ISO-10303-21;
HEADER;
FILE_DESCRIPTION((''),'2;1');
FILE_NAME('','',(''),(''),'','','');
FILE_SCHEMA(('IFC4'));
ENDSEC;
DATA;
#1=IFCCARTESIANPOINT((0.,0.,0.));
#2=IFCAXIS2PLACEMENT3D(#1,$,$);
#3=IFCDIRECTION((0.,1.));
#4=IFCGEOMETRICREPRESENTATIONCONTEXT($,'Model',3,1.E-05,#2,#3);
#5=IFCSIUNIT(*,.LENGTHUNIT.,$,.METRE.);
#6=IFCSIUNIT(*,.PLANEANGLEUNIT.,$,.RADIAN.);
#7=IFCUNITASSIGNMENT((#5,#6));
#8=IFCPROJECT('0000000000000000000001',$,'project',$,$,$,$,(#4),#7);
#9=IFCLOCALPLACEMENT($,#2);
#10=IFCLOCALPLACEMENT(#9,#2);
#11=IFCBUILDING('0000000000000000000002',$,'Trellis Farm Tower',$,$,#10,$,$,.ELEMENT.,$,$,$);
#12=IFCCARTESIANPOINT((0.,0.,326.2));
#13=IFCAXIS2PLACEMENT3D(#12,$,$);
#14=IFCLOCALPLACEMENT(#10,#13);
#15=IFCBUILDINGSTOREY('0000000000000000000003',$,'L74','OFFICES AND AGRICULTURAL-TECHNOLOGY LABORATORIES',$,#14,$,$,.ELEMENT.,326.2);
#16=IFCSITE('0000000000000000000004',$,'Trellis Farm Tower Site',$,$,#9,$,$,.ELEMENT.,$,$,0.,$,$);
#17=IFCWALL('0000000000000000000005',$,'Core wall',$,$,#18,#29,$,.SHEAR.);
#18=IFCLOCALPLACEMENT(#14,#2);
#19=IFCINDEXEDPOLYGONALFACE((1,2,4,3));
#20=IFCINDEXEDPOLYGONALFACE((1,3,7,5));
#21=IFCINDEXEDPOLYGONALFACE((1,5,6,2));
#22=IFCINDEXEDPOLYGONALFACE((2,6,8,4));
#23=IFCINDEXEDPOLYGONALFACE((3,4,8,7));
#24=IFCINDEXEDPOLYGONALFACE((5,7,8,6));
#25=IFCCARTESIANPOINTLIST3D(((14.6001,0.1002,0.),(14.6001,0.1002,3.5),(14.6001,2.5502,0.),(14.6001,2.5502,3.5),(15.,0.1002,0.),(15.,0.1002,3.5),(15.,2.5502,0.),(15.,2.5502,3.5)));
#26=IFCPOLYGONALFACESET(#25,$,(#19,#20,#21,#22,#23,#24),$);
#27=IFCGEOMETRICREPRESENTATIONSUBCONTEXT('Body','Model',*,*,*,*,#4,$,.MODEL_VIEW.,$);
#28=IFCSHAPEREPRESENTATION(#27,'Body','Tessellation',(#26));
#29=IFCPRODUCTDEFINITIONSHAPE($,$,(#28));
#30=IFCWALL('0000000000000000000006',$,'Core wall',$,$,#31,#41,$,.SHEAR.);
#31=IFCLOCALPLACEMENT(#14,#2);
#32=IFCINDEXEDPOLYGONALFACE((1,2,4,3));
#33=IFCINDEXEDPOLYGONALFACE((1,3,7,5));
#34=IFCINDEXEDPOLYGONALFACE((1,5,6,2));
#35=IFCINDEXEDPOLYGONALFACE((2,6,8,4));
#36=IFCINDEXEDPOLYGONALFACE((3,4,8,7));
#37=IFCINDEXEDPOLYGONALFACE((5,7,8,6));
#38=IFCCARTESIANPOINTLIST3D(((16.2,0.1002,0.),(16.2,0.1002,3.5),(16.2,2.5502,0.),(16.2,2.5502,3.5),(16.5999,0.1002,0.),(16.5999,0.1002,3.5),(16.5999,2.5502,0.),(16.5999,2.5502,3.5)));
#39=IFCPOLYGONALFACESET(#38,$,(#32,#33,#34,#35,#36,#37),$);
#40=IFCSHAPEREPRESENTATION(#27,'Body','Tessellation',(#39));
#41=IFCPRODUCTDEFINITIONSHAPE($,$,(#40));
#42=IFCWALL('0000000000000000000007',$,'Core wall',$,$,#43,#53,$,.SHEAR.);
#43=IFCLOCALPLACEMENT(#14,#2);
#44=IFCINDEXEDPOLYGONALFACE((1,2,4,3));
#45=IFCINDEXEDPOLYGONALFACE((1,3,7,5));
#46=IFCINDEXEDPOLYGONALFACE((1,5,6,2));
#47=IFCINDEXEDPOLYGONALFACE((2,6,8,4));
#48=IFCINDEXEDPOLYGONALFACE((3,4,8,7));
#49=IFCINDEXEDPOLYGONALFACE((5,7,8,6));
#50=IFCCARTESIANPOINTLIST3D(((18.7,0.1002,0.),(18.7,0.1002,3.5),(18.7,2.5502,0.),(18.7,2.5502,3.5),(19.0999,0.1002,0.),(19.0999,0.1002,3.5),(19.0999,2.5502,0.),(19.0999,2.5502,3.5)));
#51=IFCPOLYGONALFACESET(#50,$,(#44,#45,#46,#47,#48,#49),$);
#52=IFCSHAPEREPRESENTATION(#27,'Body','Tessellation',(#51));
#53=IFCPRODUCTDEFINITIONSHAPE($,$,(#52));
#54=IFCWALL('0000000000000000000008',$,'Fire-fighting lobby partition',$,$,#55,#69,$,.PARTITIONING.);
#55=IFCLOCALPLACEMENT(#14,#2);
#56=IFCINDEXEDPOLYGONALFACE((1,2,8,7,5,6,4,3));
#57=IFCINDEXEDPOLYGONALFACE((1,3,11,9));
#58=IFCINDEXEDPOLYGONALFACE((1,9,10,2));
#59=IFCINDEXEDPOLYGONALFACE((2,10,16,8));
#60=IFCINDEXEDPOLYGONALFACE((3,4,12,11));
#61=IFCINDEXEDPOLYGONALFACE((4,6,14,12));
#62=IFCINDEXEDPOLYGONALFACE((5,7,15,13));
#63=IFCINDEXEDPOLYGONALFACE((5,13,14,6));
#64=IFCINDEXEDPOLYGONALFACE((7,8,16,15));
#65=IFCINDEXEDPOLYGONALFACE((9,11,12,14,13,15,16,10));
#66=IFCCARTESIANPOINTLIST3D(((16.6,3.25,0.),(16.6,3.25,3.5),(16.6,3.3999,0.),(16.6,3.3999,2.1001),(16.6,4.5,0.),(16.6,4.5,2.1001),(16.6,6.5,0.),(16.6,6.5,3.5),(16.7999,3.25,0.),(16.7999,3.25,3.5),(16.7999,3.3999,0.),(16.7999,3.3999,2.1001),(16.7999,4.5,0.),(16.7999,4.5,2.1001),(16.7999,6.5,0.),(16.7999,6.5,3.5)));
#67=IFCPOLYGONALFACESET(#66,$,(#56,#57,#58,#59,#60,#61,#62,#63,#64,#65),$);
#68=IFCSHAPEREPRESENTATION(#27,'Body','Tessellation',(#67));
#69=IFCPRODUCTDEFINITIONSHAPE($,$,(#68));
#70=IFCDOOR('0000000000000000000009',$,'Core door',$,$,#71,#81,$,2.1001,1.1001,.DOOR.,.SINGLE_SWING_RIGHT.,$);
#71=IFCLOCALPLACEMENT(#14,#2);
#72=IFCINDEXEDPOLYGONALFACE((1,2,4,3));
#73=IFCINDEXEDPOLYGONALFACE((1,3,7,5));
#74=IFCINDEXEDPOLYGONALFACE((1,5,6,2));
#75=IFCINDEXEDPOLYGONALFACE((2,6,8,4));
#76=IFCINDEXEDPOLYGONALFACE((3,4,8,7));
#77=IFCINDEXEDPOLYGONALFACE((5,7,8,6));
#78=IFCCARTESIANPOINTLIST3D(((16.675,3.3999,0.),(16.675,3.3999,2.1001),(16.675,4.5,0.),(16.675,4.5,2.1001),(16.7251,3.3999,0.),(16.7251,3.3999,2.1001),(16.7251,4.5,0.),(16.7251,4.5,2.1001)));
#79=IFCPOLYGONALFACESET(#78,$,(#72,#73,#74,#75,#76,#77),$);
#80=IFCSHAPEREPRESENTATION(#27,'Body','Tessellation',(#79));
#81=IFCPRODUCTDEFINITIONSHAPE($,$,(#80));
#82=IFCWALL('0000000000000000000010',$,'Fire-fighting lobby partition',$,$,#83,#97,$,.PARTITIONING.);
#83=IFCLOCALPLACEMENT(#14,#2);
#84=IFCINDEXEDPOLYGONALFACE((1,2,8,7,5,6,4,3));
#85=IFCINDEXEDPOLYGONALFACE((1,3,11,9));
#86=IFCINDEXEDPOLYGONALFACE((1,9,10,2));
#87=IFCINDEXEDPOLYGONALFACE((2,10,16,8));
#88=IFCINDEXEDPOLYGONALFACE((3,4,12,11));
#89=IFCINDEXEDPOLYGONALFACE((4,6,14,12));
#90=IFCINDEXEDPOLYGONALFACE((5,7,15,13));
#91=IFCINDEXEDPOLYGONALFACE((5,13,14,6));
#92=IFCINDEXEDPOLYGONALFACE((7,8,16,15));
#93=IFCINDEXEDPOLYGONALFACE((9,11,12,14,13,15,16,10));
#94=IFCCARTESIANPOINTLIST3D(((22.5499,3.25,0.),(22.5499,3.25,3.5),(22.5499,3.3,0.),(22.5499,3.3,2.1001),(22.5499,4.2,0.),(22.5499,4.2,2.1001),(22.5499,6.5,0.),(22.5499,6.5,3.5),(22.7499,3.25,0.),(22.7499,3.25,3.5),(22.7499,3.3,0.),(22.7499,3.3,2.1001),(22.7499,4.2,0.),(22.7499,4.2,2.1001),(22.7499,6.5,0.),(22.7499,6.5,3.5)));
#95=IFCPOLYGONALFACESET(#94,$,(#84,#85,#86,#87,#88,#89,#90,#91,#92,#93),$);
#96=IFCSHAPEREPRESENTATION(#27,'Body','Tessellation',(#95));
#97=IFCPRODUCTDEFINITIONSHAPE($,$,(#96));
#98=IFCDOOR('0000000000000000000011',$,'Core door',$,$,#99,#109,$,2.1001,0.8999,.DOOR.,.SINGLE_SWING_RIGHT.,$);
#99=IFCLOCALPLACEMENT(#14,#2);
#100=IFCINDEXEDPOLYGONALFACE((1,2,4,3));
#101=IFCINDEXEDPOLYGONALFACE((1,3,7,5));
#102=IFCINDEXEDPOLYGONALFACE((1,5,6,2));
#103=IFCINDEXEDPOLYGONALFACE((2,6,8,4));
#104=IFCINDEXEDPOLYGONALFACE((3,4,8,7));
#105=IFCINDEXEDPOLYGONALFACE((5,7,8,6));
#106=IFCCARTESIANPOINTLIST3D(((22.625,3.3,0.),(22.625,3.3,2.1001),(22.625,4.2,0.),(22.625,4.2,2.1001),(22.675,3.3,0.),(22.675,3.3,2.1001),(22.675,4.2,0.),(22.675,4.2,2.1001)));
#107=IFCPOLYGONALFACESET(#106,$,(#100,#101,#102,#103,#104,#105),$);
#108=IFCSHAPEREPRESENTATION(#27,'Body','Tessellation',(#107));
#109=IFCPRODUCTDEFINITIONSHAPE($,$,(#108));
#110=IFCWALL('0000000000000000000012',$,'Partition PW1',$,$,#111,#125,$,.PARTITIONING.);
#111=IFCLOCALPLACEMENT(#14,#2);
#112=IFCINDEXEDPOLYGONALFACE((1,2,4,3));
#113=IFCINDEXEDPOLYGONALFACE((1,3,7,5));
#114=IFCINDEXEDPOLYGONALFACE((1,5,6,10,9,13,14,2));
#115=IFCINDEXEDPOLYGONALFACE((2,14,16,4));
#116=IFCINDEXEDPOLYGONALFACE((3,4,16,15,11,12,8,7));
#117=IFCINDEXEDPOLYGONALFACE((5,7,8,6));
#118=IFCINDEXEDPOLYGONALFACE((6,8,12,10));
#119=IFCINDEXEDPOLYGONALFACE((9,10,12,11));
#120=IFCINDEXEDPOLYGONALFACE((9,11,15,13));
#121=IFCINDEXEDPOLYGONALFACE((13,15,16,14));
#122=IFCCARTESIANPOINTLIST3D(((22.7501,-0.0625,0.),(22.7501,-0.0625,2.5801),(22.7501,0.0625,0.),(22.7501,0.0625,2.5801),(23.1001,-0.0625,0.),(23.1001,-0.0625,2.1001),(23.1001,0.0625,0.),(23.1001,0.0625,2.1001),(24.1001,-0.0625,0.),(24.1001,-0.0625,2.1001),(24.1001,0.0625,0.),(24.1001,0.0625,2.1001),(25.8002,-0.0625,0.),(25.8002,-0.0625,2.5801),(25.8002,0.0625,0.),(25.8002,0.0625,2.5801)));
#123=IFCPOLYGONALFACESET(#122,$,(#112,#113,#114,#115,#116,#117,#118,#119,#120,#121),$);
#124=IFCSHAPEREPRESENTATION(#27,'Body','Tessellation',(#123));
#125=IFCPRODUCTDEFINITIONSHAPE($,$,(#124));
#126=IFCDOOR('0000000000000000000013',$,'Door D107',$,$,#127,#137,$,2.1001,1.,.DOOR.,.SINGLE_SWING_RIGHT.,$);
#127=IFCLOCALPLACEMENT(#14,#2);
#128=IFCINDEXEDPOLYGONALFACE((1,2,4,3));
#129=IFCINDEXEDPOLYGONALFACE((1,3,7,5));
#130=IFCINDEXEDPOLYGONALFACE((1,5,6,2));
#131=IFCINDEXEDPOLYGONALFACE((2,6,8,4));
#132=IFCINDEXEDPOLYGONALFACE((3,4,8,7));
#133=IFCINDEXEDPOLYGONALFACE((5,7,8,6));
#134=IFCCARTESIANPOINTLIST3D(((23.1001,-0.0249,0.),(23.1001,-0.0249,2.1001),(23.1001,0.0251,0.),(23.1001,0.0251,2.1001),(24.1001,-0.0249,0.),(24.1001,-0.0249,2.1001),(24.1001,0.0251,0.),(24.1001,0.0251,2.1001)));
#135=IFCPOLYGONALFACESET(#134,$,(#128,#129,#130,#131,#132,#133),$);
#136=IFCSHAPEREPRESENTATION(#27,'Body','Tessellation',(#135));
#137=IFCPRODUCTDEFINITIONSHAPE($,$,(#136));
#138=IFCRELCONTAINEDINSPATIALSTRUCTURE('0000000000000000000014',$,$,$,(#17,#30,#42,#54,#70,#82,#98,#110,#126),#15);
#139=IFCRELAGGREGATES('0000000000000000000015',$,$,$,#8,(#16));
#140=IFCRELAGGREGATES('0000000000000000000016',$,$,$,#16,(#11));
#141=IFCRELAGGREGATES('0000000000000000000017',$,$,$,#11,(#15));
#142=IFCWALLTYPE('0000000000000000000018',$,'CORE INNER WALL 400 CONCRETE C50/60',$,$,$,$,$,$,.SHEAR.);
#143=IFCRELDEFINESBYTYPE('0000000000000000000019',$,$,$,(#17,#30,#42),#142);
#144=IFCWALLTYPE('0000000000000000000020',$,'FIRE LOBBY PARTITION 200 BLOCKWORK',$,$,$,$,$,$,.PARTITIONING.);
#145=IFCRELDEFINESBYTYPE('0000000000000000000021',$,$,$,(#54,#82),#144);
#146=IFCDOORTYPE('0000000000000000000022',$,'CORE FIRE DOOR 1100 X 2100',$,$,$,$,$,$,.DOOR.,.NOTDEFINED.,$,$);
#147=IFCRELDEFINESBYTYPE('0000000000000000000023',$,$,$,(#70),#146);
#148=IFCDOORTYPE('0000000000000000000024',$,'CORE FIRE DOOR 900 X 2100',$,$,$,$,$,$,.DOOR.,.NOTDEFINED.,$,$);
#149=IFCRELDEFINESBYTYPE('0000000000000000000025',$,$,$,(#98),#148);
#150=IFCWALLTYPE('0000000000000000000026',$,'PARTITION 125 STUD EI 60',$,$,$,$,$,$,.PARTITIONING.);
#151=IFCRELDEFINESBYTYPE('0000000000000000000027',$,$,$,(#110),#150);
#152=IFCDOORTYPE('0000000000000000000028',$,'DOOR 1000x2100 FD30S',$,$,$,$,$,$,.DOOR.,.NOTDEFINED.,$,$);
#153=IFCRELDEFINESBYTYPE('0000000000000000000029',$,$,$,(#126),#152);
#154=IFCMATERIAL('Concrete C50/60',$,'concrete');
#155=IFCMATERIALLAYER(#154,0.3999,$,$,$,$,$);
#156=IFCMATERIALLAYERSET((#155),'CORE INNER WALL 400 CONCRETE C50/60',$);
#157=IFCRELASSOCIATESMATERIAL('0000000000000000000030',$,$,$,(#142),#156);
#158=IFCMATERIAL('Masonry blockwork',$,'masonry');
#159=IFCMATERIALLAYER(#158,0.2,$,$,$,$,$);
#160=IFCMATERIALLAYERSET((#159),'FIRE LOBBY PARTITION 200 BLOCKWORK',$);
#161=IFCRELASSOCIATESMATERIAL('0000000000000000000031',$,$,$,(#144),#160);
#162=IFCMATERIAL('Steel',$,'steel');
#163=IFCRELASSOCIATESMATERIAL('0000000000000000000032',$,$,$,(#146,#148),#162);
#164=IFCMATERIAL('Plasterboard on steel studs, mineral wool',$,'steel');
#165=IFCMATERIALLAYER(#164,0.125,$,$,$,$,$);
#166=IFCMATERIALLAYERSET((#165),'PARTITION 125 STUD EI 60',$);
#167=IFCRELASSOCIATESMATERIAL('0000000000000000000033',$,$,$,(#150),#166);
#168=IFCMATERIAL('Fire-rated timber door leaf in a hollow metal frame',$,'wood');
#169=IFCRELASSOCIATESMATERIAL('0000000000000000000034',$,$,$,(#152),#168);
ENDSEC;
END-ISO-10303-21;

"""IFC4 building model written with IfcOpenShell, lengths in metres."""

from ifc_helpers import new_model, si_unit, direction, frame, frame_2d, origin, place, context, subcontext, project, spatial, rectangle, extrude, source, transform, mapped, material, layer, layer_set, type_object, element, fill, save


model = new_model("IFC4")

# Units and contexts
model_context = context("Model", 3, precision=1e-05, world=origin(), true_north=direction((0.0, 1.0)))
body_context = subcontext(model_context, "Body", "Model", "MODEL_VIEW")
ifc_project = project(units=[si_unit("LENGTHUNIT", "METRE"), si_unit("PLANEANGLEUNIT", "RADIAN")], contexts=[model_context])

# Site, building, storey
site_placement = place(None, origin())
site = spatial("IfcSite", under=ifc_project, at=site_placement, Name="Trellis Farm Tower Site", CompositionType="ELEMENT", RefElevation=0.0)
building_placement = place(site_placement, origin())
building = spatial("IfcBuilding", under=site, at=building_placement, Name="Trellis Farm Tower", CompositionType="ELEMENT")
storey_placement = place(building_placement, frame((0.0, 0.0, 326.2)))
storey = spatial("IfcBuildingStorey", under=building, at=storey_placement, Name="L74", Description="OFFICES AND AGRICULTURAL-TECHNOLOGY LABORATORIES", CompositionType="ELEMENT", Elevation=326.2)

# Walls
ifc_material_1 = material(Name="Concrete C50/60", Category="concrete")
ifc_layer_1 = layer(ifc_material_1, 0.3999)
ifc_layer_set_1 = layer_set([ifc_layer_1], Name="CORE INNER WALL 400 CONCRETE C50/60")
wall_type_1 = type_object("IfcWallType", Name="CORE INNER WALL 400 CONCRETE C50/60", PredefinedType="SHEAR", material=ifc_layer_set_1)
shared_shape_1 = source(origin(), body_context, "Body", "SweptSolid", [
    extrude(rectangle(XDim=2.45, YDim=0.3999, at=frame_2d((1.2251, 0.0))), origin(), (0.0, 0.0, 1.0), 3.5),
])
for number, where, z_axis, x_axis, name in (
    (1, (14.8, 0.1001, 0.0), (0.0, 0.0, 1.0), (0.0, 1.0, 0.0), "Core wall"),
    (2, (16.3999, 0.1001, 0.0), (0.0, 0.0, 1.0), (0.0, 1.0, 0.0), "Core wall"),
    (3, (18.8999, 0.1001, 0.0), (0.0, 0.0, 1.0), (0.0, 1.0, 0.0), "Core wall"),
):
    element("IfcWall", number, at=place(storey_placement, frame(where, z_axis=z_axis, x_axis=x_axis)), inside=storey, type_object=wall_type_1, Name=name, PredefinedType="SHEAR", context=body_context, shape_type="MappedRepresentation", body=[
        mapped(shared_shape_1, transform((0.0, 0.0, 0.0))),
    ])

# Walls, openings, doors
ifc_material_2 = material(Name="Masonry blockwork", Category="masonry")
ifc_layer_2 = layer(ifc_material_2, 0.2)
ifc_layer_set_2 = layer_set([ifc_layer_2], Name="FIRE LOBBY PARTITION 200 BLOCKWORK")
wall_type_2 = type_object("IfcWallType", Name="FIRE LOBBY PARTITION 200 BLOCKWORK", PredefinedType="PARTITIONING", material=ifc_layer_set_2)
shared_shape_2 = source(origin(), body_context, "Body", "SweptSolid", [
    extrude(rectangle(XDim=3.25, YDim=0.2, at=frame_2d((1.625, 0.0))), origin(), (0.0, 0.0, 1.0), 3.5),
])
wall_1_placement = place(storey_placement, frame((16.7, 3.25, 0.0), z_axis=(0.0, 0.0, 1.0), x_axis=(0.0, 1.0, 0.0)))
wall_1 = element("IfcWall", 4, at=wall_1_placement, inside=storey, type_object=wall_type_2, Name="Fire-fighting lobby partition", PredefinedType="PARTITIONING", context=body_context, shape_type="MappedRepresentation", body=[
    mapped(shared_shape_2, transform((0.0, 0.0, 0.0))),
])
shared_shape_3 = source(origin(), body_context, "Body", "SweptSolid", [
    extrude(rectangle(XDim=1.1001, YDim=2.1001, at=frame_2d((0.55, 1.05))), frame((0.0, 0.1101, 0.0), z_axis=(0.0, -1.0, 0.0), x_axis=(1.0, 0.0, 0.0)), (0.0, 0.0, 1.0), 0.2202),
])
opening_1_placement = place(wall_1_placement, frame((0.1499, 0.0, 0.0)))
opening_1 = element("IfcOpeningElement", 5, at=opening_1_placement, cuts=wall_1, PredefinedType="OPENING", context=body_context, shape_type="MappedRepresentation", body=[
    mapped(shared_shape_3, transform((0.0, 0.0, 0.0))),
])
ifc_material_3 = material(Name="Steel", Category="steel")
door_type_1 = type_object("IfcDoorType", Name="CORE FIRE DOOR 1100 X 2100", OperationType="NOTDEFINED", PredefinedType="DOOR", material=ifc_material_3)
shared_shape_4 = source(origin(), body_context, "Body", "SweptSolid", [
    extrude(rectangle(XDim=1.1001, YDim=2.1001, at=frame_2d((0.55, 1.05))), frame((0.0, 0.0249, 0.0), z_axis=(0.0, -1.0, 0.0), x_axis=(1.0, 0.0, 0.0)), (0.0, 0.0, 1.0), 0.05),
])
door_1_placement = place(opening_1_placement, origin())
door_1 = element("IfcDoor", 6, at=door_1_placement, inside=storey, type_object=door_type_1, Name="Core door", OperationType="SINGLE_SWING_RIGHT", OverallHeight=2.1001, OverallWidth=1.1001, PredefinedType="DOOR", context=body_context, shape_type="MappedRepresentation", body=[
    mapped(shared_shape_4, transform((0.0, 0.0, 0.0))),
])
fill(opening_1, door_1)
wall_2_placement = place(storey_placement, frame((22.6499, 3.25, 0.0), z_axis=(0.0, 0.0, 1.0), x_axis=(0.0, 1.0, 0.0)))
wall_2 = element("IfcWall", 7, at=wall_2_placement, inside=storey, type_object=wall_type_2, Name="Fire-fighting lobby partition", PredefinedType="PARTITIONING", context=body_context, shape_type="MappedRepresentation", body=[
    mapped(shared_shape_2, transform((0.0, 0.0, 0.0))),
])
shared_shape_5 = source(origin(), body_context, "Body", "SweptSolid", [
    extrude(rectangle(XDim=0.8999, YDim=2.1001, at=frame_2d((0.45, 1.05))), frame((0.0, 0.1101, 0.0), z_axis=(0.0, -1.0, 0.0), x_axis=(1.0, 0.0, 0.0)), (0.0, 0.0, 1.0), 0.2202),
])
opening_2_placement = place(wall_2_placement, frame((0.05, 0.0, 0.0)))
opening_2 = element("IfcOpeningElement", 8, at=opening_2_placement, cuts=wall_2, PredefinedType="OPENING", context=body_context, shape_type="MappedRepresentation", body=[
    mapped(shared_shape_5, transform((0.0, 0.0, 0.0))),
])
door_type_2 = type_object("IfcDoorType", Name="CORE FIRE DOOR 900 X 2100", OperationType="NOTDEFINED", PredefinedType="DOOR", material=ifc_material_3)
shared_shape_6 = source(origin(), body_context, "Body", "SweptSolid", [
    extrude(rectangle(XDim=0.8999, YDim=2.1001, at=frame_2d((0.45, 1.05))), frame((0.0, 0.0249, 0.0), z_axis=(0.0, -1.0, 0.0), x_axis=(1.0, 0.0, 0.0)), (0.0, 0.0, 1.0), 0.05),
])
door_2_placement = place(opening_2_placement, origin())
door_2 = element("IfcDoor", 9, at=door_2_placement, inside=storey, type_object=door_type_2, Name="Core door", OperationType="SINGLE_SWING_RIGHT", OverallHeight=2.1001, OverallWidth=0.8999, PredefinedType="DOOR", context=body_context, shape_type="MappedRepresentation", body=[
    mapped(shared_shape_6, transform((0.0, 0.0, 0.0))),
])
fill(opening_2, door_2)
ifc_material_4 = material(Name="Plasterboard on steel studs, mineral wool", Category="steel")
ifc_layer_3 = layer(ifc_material_4, 0.125)
ifc_layer_set_3 = layer_set([ifc_layer_3], Name="PARTITION 125 STUD EI 60")
wall_type_3 = type_object("IfcWallType", Name="PARTITION 125 STUD EI 60", PredefinedType="PARTITIONING", material=ifc_layer_set_3)
shared_shape_7 = source(origin(), body_context, "Body", "SweptSolid", [
    extrude(rectangle(XDim=3.05, YDim=0.125, at=frame_2d((1.5249, 0.0))), origin(), (0.0, 0.0, 1.0), 2.5801),
])
wall_3_placement = place(storey_placement, frame((25.8, 0.0, 0.0), z_axis=(0.0, 0.0, 1.0), x_axis=(-1.0, 0.0, 0.0)))
wall_3 = element("IfcWall", 10, at=wall_3_placement, inside=storey, type_object=wall_type_3, Name="Partition PW1", PredefinedType="PARTITIONING", context=body_context, shape_type="MappedRepresentation", body=[
    mapped(shared_shape_7, transform((0.0, 0.0, 0.0))),
])
shared_shape_8 = source(origin(), body_context, "Body", "SweptSolid", [
    extrude(rectangle(XDim=1.0, YDim=2.1001, at=frame_2d((0.5, 1.05))), frame((0.0, 0.0725, 0.0), z_axis=(0.0, -1.0, 0.0), x_axis=(1.0, 0.0, 0.0)), (0.0, 0.0, 1.0), 0.145),
])
opening_3_placement = place(wall_3_placement, frame((1.7, 0.0, 0.0)))
opening_3 = element("IfcOpeningElement", 11, at=opening_3_placement, cuts=wall_3, PredefinedType="OPENING", context=body_context, shape_type="MappedRepresentation", body=[
    mapped(shared_shape_8, transform((0.0, 0.0, 0.0))),
])
ifc_material_5 = material(Name="Fire-rated timber door leaf in a hollow metal frame", Category="wood")
door_type_3 = type_object("IfcDoorType", Name="DOOR 1000x2100 FD30S", OperationType="NOTDEFINED", PredefinedType="DOOR", material=ifc_material_5)
shared_shape_9 = source(origin(), body_context, "Body", "SweptSolid", [
    extrude(rectangle(XDim=1.0, YDim=2.1001, at=frame_2d((0.5, 1.05))), frame((0.0, 0.0249, 0.0), z_axis=(0.0, -1.0, 0.0), x_axis=(1.0, 0.0, 0.0)), (0.0, 0.0, 1.0), 0.05),
])
door_3_placement = place(opening_3_placement, origin())
door_3 = element("IfcDoor", 12, at=door_3_placement, inside=storey, type_object=door_type_3, Name="Door D107", OperationType="SINGLE_SWING_RIGHT", OverallHeight=2.1001, OverallWidth=1.0, PredefinedType="DOOR", context=body_context, shape_type="MappedRepresentation", body=[
    mapped(shared_shape_9, transform((0.0, 0.0, 0.0))),
])
fill(opening_3, door_3)

save(model, "model.ifc")
